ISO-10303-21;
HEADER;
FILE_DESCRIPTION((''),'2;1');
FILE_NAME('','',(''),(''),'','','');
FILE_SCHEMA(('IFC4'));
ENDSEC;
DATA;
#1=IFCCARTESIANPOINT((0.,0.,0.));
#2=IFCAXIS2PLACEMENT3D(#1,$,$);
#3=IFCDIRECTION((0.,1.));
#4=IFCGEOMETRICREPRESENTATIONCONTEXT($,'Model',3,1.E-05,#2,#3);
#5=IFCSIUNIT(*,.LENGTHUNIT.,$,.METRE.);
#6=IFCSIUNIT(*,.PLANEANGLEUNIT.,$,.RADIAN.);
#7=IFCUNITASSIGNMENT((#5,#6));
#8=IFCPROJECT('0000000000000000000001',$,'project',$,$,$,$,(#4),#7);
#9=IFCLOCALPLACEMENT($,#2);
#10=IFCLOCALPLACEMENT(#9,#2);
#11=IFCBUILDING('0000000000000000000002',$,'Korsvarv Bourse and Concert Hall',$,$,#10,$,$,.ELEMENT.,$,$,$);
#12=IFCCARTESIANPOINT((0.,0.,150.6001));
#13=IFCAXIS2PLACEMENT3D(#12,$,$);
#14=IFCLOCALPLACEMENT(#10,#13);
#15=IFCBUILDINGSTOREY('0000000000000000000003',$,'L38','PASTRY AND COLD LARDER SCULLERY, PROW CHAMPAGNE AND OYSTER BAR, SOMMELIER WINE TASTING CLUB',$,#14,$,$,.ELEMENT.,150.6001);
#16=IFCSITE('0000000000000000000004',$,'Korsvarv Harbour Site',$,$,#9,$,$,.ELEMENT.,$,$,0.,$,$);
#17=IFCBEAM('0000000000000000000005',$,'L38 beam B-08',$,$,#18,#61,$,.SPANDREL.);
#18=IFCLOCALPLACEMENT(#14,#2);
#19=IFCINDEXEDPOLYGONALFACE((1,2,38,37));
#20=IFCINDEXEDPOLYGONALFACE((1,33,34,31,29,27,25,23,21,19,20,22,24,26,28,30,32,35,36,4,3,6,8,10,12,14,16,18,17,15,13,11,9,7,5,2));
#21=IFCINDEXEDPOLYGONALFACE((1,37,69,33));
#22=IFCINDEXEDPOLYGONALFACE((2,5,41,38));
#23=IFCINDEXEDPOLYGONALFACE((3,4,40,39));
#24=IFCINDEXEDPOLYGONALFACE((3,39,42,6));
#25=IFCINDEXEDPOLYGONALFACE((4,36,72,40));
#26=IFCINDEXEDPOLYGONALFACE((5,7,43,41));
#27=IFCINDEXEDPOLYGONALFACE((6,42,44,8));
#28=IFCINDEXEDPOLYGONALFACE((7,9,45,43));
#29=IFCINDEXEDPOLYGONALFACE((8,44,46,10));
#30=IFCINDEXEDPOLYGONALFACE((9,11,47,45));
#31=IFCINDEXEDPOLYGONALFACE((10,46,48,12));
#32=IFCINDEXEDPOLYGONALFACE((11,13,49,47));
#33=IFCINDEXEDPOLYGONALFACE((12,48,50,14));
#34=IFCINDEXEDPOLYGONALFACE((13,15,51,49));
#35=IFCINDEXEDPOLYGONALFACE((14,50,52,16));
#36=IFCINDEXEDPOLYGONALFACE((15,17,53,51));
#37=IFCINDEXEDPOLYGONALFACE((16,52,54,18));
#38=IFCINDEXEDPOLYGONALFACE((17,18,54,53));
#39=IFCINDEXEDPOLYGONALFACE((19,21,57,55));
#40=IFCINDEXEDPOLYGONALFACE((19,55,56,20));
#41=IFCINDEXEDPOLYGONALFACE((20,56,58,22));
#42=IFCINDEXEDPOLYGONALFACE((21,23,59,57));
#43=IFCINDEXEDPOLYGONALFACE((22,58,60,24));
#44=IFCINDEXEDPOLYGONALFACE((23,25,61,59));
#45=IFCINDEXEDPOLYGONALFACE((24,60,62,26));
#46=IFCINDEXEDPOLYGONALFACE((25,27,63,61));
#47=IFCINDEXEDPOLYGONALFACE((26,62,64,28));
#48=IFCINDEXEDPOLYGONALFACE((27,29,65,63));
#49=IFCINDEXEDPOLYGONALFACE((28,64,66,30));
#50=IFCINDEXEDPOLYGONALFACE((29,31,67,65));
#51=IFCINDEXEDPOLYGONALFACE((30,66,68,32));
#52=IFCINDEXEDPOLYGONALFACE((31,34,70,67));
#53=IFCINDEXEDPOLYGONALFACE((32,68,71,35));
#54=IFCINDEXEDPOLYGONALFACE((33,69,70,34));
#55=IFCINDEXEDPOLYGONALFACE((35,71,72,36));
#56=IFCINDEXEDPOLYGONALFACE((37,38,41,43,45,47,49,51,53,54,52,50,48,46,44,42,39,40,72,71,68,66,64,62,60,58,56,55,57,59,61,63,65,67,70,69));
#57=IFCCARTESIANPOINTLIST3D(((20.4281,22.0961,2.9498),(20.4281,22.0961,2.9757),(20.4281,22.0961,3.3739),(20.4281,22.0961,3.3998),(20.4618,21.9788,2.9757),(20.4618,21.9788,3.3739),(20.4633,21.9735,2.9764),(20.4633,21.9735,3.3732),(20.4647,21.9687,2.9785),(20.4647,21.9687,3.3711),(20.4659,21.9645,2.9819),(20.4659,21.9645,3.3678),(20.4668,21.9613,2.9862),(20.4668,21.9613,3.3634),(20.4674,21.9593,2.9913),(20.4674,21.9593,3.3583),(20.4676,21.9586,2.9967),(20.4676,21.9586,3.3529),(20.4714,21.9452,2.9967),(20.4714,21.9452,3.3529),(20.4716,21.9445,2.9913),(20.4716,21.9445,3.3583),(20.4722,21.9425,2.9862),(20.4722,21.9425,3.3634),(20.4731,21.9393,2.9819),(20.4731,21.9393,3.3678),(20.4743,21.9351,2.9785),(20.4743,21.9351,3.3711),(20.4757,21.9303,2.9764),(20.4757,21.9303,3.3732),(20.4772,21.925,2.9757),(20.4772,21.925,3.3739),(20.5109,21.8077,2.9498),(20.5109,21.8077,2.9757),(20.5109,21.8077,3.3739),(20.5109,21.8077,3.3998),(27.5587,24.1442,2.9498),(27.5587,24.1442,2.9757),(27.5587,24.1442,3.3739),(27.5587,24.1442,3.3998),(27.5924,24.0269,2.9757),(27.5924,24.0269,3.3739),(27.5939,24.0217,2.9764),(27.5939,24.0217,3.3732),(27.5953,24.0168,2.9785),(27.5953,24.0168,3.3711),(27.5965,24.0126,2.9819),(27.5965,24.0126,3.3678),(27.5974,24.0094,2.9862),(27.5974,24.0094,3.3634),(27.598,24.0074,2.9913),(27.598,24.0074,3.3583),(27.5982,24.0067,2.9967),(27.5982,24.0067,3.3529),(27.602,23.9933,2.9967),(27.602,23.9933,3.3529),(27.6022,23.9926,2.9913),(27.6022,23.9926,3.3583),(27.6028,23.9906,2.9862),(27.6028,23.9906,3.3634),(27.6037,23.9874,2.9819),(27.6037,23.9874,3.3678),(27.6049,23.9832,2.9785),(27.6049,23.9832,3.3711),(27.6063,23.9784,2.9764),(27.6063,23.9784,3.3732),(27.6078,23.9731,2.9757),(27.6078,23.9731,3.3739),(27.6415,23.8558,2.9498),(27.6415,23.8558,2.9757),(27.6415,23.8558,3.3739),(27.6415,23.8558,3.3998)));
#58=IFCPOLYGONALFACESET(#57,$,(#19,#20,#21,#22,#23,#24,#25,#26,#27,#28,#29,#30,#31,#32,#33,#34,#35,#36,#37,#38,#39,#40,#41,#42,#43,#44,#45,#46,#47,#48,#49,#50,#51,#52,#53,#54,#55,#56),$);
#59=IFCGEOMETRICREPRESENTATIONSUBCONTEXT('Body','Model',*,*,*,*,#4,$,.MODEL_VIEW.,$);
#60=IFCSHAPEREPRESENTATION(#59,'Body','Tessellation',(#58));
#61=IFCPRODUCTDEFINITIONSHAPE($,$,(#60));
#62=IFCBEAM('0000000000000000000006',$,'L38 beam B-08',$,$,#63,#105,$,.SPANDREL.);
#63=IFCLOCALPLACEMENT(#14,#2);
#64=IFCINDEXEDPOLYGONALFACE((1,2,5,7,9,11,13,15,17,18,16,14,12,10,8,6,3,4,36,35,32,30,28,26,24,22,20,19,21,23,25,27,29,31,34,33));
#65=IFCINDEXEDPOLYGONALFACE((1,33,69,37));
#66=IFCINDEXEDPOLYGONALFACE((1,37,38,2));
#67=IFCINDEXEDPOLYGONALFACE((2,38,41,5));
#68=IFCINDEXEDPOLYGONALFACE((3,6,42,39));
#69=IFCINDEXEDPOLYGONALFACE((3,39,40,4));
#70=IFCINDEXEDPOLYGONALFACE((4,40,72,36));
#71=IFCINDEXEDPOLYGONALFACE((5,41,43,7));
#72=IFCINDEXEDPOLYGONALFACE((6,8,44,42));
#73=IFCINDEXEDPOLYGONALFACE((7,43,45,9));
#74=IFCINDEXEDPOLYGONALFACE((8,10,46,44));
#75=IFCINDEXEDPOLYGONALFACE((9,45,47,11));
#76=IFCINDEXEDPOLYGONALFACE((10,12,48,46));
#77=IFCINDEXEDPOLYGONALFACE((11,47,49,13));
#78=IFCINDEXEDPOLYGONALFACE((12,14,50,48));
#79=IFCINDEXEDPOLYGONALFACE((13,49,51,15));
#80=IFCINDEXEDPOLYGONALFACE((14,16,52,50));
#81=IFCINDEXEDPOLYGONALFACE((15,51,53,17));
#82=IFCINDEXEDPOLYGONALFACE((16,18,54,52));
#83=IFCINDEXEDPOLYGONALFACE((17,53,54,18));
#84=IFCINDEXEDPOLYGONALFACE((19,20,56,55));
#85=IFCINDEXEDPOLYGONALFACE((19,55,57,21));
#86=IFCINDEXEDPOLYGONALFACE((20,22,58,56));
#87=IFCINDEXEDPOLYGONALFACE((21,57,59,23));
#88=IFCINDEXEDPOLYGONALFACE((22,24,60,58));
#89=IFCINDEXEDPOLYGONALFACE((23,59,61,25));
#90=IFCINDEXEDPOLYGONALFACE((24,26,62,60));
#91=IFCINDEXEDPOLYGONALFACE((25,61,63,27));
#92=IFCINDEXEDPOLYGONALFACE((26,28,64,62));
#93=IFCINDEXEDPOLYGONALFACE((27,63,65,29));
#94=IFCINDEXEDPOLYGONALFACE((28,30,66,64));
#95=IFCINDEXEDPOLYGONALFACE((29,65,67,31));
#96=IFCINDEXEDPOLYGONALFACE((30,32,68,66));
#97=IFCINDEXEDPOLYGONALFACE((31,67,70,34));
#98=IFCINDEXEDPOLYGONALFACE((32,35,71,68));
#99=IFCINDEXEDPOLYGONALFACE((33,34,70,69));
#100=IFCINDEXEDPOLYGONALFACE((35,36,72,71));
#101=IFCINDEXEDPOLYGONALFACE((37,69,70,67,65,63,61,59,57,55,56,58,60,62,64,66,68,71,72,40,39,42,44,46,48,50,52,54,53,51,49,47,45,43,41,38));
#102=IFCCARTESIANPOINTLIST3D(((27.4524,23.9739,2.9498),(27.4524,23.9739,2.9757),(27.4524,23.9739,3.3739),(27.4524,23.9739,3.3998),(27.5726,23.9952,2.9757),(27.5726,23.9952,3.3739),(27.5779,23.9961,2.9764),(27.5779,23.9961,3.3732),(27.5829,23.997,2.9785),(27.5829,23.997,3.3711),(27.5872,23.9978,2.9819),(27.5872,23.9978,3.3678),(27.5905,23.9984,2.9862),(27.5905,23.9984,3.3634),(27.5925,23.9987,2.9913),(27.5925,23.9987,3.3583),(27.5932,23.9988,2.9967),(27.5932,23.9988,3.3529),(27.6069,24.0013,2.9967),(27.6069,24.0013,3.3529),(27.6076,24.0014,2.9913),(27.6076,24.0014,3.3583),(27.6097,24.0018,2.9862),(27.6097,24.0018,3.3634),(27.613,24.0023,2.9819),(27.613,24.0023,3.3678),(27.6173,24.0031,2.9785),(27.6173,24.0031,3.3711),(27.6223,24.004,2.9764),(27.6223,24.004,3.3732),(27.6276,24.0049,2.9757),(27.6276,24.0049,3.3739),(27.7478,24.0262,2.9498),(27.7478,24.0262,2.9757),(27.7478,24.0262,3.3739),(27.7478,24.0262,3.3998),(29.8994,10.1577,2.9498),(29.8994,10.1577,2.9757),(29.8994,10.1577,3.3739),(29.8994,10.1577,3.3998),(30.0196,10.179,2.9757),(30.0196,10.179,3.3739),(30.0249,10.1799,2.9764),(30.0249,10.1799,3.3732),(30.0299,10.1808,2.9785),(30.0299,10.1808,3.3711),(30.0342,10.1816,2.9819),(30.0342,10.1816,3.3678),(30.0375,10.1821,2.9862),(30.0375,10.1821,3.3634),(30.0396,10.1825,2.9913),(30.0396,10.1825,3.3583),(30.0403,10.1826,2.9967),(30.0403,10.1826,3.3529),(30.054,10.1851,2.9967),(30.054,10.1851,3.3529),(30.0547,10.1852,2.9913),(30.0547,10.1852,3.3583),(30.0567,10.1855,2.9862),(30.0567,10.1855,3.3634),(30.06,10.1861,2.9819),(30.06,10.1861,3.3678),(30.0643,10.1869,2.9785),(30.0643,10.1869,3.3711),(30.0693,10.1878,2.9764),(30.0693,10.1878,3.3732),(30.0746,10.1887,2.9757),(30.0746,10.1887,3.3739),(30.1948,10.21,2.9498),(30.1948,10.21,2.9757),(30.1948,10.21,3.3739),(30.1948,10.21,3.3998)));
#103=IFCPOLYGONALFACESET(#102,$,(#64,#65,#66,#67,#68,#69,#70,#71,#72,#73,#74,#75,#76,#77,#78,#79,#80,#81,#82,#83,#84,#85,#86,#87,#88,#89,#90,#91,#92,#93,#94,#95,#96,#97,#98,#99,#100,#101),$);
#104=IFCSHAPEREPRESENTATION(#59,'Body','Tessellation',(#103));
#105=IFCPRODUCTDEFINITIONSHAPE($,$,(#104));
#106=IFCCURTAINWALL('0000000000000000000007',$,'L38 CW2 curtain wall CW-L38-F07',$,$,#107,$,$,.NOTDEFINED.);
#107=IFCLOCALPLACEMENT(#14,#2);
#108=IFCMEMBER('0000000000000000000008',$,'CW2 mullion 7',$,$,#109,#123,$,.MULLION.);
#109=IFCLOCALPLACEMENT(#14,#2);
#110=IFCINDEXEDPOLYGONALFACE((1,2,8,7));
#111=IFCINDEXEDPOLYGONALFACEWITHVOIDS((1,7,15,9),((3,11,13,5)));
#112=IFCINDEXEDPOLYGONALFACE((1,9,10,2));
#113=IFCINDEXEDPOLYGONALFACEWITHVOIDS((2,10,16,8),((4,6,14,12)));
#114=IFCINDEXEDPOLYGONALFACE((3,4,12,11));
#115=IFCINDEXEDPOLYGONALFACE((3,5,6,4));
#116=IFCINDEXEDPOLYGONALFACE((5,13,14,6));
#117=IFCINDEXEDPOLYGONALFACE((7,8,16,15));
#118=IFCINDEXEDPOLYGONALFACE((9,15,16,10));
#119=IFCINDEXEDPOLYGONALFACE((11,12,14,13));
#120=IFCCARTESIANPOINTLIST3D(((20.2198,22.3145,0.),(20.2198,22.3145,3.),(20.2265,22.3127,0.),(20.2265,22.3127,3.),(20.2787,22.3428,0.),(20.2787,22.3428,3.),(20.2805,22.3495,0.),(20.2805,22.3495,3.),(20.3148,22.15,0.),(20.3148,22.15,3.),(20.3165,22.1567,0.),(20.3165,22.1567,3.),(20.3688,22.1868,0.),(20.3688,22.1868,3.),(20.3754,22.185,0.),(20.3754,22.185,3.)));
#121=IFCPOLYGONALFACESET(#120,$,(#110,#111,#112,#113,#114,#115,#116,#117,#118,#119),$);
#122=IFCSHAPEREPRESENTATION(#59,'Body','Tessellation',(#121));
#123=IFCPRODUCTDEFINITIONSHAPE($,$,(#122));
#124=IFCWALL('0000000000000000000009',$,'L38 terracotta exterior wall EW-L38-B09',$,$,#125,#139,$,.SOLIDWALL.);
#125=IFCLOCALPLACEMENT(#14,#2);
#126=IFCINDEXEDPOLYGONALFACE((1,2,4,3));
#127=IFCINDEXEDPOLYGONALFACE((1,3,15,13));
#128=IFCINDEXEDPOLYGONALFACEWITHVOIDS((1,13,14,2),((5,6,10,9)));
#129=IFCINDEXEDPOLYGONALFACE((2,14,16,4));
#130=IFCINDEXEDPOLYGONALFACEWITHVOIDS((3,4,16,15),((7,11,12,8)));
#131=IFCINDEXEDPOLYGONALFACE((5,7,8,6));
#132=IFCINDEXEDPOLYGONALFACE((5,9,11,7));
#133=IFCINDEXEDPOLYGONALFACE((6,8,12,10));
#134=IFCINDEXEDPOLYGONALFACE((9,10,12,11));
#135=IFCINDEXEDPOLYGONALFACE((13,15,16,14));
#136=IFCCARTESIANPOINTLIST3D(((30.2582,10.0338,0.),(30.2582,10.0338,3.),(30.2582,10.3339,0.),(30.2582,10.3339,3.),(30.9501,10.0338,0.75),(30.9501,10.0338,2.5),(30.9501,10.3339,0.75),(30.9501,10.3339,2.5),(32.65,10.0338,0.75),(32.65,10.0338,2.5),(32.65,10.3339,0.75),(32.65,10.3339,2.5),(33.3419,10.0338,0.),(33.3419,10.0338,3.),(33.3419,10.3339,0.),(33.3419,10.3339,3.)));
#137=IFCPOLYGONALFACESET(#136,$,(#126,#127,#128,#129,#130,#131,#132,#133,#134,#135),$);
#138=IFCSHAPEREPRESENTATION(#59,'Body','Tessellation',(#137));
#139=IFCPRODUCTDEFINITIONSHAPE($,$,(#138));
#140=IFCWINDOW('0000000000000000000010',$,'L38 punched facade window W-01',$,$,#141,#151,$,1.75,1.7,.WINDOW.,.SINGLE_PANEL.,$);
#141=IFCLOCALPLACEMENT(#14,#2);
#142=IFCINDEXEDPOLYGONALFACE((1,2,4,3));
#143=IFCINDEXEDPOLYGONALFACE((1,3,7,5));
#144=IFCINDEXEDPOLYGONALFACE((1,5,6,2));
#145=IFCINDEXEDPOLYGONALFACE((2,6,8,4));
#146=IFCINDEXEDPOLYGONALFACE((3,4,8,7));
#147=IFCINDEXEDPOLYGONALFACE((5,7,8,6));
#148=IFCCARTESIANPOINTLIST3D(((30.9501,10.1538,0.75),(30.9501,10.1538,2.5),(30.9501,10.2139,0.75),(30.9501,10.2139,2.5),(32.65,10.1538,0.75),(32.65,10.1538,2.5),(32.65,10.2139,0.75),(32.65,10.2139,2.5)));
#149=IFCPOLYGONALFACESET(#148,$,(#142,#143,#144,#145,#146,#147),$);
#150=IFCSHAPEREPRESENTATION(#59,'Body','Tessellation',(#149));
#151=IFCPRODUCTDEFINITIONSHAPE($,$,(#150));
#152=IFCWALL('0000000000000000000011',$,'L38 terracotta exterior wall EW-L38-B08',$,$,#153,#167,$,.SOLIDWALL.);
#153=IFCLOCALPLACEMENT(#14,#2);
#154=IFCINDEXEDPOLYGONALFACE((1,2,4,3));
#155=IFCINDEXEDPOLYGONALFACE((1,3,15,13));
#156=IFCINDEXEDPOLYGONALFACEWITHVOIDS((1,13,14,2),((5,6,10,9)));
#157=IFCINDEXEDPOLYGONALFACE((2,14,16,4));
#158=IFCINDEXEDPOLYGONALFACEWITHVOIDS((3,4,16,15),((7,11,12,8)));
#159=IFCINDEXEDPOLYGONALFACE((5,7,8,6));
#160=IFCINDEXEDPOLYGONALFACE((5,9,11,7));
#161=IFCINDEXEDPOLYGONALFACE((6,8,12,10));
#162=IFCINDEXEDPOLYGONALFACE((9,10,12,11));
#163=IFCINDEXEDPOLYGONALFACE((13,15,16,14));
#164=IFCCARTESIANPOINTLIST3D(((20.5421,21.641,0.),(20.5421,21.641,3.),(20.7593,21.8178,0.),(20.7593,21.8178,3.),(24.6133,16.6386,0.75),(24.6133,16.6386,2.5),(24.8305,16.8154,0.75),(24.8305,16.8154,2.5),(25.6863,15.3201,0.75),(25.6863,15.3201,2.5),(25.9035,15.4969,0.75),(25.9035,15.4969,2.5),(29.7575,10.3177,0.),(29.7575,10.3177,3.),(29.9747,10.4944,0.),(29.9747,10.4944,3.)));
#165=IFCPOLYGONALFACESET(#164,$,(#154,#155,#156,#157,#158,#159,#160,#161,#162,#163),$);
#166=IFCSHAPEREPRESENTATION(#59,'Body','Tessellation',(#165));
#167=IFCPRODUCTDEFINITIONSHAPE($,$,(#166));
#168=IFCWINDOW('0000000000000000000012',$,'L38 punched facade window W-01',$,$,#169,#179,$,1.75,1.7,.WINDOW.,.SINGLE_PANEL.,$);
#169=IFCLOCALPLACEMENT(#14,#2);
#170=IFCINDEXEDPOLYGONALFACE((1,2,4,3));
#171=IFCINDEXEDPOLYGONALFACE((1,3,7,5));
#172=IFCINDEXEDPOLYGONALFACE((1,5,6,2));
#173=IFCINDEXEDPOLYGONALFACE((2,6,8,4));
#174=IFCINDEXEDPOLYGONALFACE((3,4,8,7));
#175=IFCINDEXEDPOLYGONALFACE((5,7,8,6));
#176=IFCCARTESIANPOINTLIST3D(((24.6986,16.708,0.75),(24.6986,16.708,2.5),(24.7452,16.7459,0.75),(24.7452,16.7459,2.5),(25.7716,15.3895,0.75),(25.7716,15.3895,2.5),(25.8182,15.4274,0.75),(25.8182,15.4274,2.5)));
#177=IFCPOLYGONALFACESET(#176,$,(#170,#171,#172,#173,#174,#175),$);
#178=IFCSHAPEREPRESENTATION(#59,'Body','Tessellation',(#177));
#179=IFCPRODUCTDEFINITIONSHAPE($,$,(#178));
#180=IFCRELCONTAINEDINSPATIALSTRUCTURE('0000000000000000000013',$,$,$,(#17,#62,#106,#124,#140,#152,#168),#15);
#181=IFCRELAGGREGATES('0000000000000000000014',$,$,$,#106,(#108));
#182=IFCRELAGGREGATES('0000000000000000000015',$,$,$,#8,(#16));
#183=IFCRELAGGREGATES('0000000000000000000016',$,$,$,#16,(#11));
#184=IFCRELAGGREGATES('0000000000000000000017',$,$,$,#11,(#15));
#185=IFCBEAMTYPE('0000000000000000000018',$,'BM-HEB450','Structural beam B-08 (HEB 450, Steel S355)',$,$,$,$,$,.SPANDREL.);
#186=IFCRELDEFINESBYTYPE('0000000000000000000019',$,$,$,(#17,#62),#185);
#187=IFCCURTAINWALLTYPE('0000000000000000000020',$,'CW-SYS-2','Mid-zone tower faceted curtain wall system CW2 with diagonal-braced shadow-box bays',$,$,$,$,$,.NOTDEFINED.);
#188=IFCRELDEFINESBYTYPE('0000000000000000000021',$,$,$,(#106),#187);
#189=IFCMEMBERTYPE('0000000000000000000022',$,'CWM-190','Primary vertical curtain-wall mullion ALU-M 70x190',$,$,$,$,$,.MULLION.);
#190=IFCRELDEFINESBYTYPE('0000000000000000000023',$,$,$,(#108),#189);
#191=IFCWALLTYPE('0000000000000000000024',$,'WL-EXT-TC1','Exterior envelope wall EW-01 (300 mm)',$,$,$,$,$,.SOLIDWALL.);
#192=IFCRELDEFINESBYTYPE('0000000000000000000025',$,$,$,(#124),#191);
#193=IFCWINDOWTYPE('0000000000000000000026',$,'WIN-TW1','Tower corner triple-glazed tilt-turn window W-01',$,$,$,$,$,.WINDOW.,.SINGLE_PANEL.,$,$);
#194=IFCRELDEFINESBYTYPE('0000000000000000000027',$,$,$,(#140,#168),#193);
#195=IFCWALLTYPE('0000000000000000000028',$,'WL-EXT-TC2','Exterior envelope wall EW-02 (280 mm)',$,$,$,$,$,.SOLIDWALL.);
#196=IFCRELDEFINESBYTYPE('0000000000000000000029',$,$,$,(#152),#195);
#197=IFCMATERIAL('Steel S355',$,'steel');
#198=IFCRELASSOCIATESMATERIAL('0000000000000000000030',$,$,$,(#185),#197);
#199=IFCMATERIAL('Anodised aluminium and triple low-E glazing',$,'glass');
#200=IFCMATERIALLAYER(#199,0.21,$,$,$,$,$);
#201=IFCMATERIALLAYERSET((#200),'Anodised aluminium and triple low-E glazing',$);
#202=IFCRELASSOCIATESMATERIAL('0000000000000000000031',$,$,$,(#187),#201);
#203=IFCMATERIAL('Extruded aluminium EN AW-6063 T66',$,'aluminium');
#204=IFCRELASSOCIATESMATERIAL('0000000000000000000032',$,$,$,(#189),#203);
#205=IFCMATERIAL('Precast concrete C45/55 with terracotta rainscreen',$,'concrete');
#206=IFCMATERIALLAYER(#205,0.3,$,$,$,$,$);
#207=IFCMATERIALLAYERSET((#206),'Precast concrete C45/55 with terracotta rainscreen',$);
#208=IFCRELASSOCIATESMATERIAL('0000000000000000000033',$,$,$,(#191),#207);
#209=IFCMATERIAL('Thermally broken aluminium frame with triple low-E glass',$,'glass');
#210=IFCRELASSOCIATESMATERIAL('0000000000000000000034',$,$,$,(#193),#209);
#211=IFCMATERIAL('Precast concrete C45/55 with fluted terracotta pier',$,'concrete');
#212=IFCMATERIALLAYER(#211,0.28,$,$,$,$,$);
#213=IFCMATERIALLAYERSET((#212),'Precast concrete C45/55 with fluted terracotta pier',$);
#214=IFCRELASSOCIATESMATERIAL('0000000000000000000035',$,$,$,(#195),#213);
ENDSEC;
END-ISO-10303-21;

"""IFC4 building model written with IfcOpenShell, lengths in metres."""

from ifc_helpers import new_model, si_unit, direction, frame, frame_2d, origin, origin_2d, place, context, subcontext, project, spatial, rectangle, hollow_rectangle, i_section, extrude, source, transform, mapped, material, layer, layer_set, material_profile, profile_set, type_object, element, fill, aggregate, save


model = new_model("IFC4")

# Units and contexts
model_context = context("Model", 3, precision=1e-05, world=origin(), true_north=direction((0.0, 1.0)))
body_context = subcontext(model_context, "Body", "Model", "MODEL_VIEW")
ifc_project = project(units=[si_unit("LENGTHUNIT", "METRE"), si_unit("PLANEANGLEUNIT", "RADIAN")], contexts=[model_context])

# Site, building, storey
site_placement = place(None, origin())
site = spatial("IfcSite", under=ifc_project, at=site_placement, Name="Korsvarv Harbour Site", CompositionType="ELEMENT", RefElevation=0.0)
building_placement = place(site_placement, origin())
building = spatial("IfcBuilding", under=site, at=building_placement, Name="Korsvarv Bourse and Concert Hall", CompositionType="ELEMENT")
storey_placement = place(building_placement, frame((0.0, 0.0, 150.6001)))
storey = spatial("IfcBuildingStorey", under=building, at=storey_placement, Name="L38", Description="PASTRY AND COLD LARDER SCULLERY, PROW CHAMPAGNE AND OYSTER BAR, SOMMELIER WINE TASTING CLUB", CompositionType="ELEMENT", Elevation=150.6001)

# Shared definitions
ifc_material_1 = material(Name="Steel S355", Category="steel")

# Beams
ifc_material_profile_1 = material_profile(ifc_material_1, i_section(OverallWidth=0.3, OverallDepth=0.45, WebThickness=0.0139, FlangeThickness=0.0259, FilletRadius=0.021, at=origin_2d()), Name="HEB 450")
ifc_profile_set_1 = profile_set([ifc_material_profile_1], Name="Steel S355")
beam_type_1 = type_object("IfcBeamType", Name="BM-HEB450", Description="Structural beam B-08 (HEB 450, Steel S355)", PredefinedType="SPANDREL", material=ifc_profile_set_1)
shared_shape_1 = source(origin(), body_context, "Body", "SweptSolid", [
    extrude(i_section(OverallWidth=0.3, OverallDepth=0.45, WebThickness=0.0139, FlangeThickness=0.0259, FilletRadius=0.021, at=origin_2d()), origin(), (0.0, 0.0, 1.0), 7.4189),
])
beam_1_placement = place(storey_placement, frame((20.4695, 21.9519, 3.1748), z_axis=(0.961139, 0.276064, 0.0), x_axis=(-0.276064, 0.961139, 0.0)))
element("IfcBeam", 1, at=beam_1_placement, inside=storey, type_object=beam_type_1, Name="L38 beam B-08", PredefinedType="SPANDREL", context=body_context, shape_type="MappedRepresentation", body=[
    mapped(shared_shape_1, transform((0.0, 0.0, 0.0), scale=1.0)),
])
shared_shape_2 = source(origin(), body_context, "Body", "SweptSolid", [
    extrude(i_section(OverallWidth=0.3, OverallDepth=0.45, WebThickness=0.0139, FlangeThickness=0.0259, FilletRadius=0.021, at=origin_2d()), origin(), (0.0, 0.0, 1.0), 14.0312),
])
beam_2_placement = place(storey_placement, frame((30.0471, 10.1838, 3.1748), z_axis=(-0.174399, 0.984675, 0.0), x_axis=(-0.984675, -0.174399, 0.0)))
element("IfcBeam", 2, at=beam_2_placement, inside=storey, type_object=beam_type_1, Name="L38 beam B-08", PredefinedType="SPANDREL", context=body_context, shape_type="MappedRepresentation", body=[
    mapped(shared_shape_2, transform((0.0, 0.0, 0.0), scale=1.0)),
])

# Curtain wall, member
ifc_material_2 = material(Name="Anodised aluminium and triple low-E glazing", Category="glass")
ifc_layer_1 = layer(ifc_material_2, 0.21)
ifc_layer_set_1 = layer_set([ifc_layer_1], Name="Anodised aluminium and triple low-E glazing")
curtain_wall_type = type_object("IfcCurtainWallType", Name="CW-SYS-2", Description="Mid-zone tower faceted curtain wall system CW2 with diagonal-braced shadow-box bays", PredefinedType="NOTDEFINED", material=ifc_layer_set_1)
curtain_wall_placement = place(storey_placement, origin())
curtain_wall = element("IfcCurtainWall", 3, at=curtain_wall_placement, inside=storey, type_object=curtain_wall_type, Name="L38 CW2 curtain wall CW-L38-F07", PredefinedType="NOTDEFINED")
ifc_material_3 = material(Name="Extruded aluminium EN AW-6063 T66", Category="aluminium")
ifc_material_profile_2 = material_profile(ifc_material_3, hollow_rectangle(XDim=0.0701, YDim=0.1899, WallThickness=0.0049, at=origin_2d()), Name="ALU-M 70x190")
ifc_profile_set_2 = profile_set([ifc_material_profile_2], Name="Extruded aluminium EN AW-6063 T66")
member_type = type_object("IfcMemberType", Name="CWM-190", Description="Primary vertical curtain-wall mullion ALU-M 70x190", PredefinedType="MULLION", material=ifc_profile_set_2)
shared_shape_3 = source(origin(), body_context, "Body", "SweptSolid", [
    extrude(hollow_rectangle(XDim=0.0701, YDim=0.1899, WallThickness=0.0049, at=origin_2d()), origin(), (0.0, 0.0, 1.0), 3.0),
])
member_placement = place(storey_placement, frame((20.2976, 22.2498, 0.0), z_axis=(0.0, 0.0, 1.0), x_axis=(0.866022, 0.500006, 0.0)))
member = element("IfcMember", 4, at=member_placement, type_object=member_type, Name="CW2 mullion 7", PredefinedType="MULLION", context=body_context, shape_type="MappedRepresentation", body=[
    mapped(shared_shape_3, transform((0.0, 0.0, 0.0), scale=1.0)),
])
aggregate(curtain_wall, [member])

# Walls, openings, windows
ifc_material_4 = material(Name="Precast concrete C45/55 with terracotta rainscreen", Category="concrete")
ifc_layer_2 = layer(ifc_material_4, 0.3)
ifc_layer_set_2 = layer_set([ifc_layer_2], Name="Precast concrete C45/55 with terracotta rainscreen")
wall_type_1 = type_object("IfcWallType", Name="WL-EXT-TC1", Description="Exterior envelope wall EW-01 (300 mm)", PredefinedType="SOLIDWALL", material=ifc_layer_set_2)
wall_1_placement = place(storey_placement, frame((30.2581, 10.1838, 0.0), z_axis=(0.0, 0.0, 1.0), x_axis=(1.0, 0.0, 0.0)))
wall_1 = element("IfcWall", 5, at=wall_1_placement, inside=storey, type_object=wall_type_1, Name="L38 terracotta exterior wall EW-L38-B09", PredefinedType="SOLIDWALL", context=body_context, shape_type="SweptSolid", body=[
    extrude(rectangle(XDim=3.0837, YDim=0.3, at=frame_2d((1.542, 0.0))), origin(), (0.0, 0.0, 1.0), 3.0),
])
opening_1_placement = place(wall_1_placement, frame((0.6919, 0.0, 0.75)))
opening_1 = element("IfcOpeningElement", 6, at=opening_1_placement, cuts=wall_1, PredefinedType="OPENING", context=body_context, shape_type="SweptSolid", body=[
    extrude(rectangle(XDim=1.7, YDim=1.75, at=frame_2d((0.8501, 0.875))), frame((0.0, 0.1602, 0.0), z_axis=(0.0, -1.0, 0.0), x_axis=(1.0, 0.0, 0.0)), (0.0, 0.0, 1.0), 0.3201),
])
ifc_material_5 = material(Name="Thermally broken aluminium frame with triple low-E glass", Category="glass")
window_type = type_object("IfcWindowType", Name="WIN-TW1", Description="Tower corner triple-glazed tilt-turn window W-01", PartitioningType="SINGLE_PANEL", PredefinedType="WINDOW", material=ifc_material_5)
window_1_placement = place(opening_1_placement, origin())
window_1 = element("IfcWindow", 7, at=window_1_placement, inside=storey, type_object=window_type, Name="L38 punched facade window W-01", OverallHeight=1.75, OverallWidth=1.7, PartitioningType="SINGLE_PANEL", PredefinedType="WINDOW", context=body_context, shape_type="SweptSolid", body=[
    extrude(rectangle(XDim=1.7, YDim=1.75, at=frame_2d((0.8501, 0.875))), frame((0.0, 0.03, 0.0), z_axis=(0.0, -1.0, 0.0), x_axis=(1.0, 0.0, 0.0)), (0.0, 0.0, 1.0), 0.0601),
])
fill(opening_1, window_1)
ifc_material_6 = material(Name="Precast concrete C45/55 with fluted terracotta pier", Category="concrete")
ifc_layer_3 = layer(ifc_material_6, 0.28)
ifc_layer_set_3 = layer_set([ifc_layer_3], Name="Precast concrete C45/55 with fluted terracotta pier")
wall_type_2 = type_object("IfcWallType", Name="WL-EXT-TC2", Description="Exterior envelope wall EW-02 (280 mm)", PredefinedType="SOLIDWALL", material=ifc_layer_set_3)
wall_2_placement = place(storey_placement, frame((20.6506, 21.7295, 0.0), z_axis=(0.0, 0.0, 1.0), x_axis=(0.631219, -0.775604, 0.0)))
wall_2 = element("IfcWall", 8, at=wall_2_placement, inside=storey, type_object=wall_type_2, Name="L38 terracotta exterior wall EW-L38-B08", PredefinedType="SOLIDWALL", context=body_context, shape_type="SweptSolid", body=[
    extrude(rectangle(XDim=14.5994, YDim=0.28, at=frame_2d((7.2998, 0.0))), origin(), (0.0, 0.0, 1.0), 3.0),
])
opening_2_placement = place(wall_2_placement, frame((6.4497, 0.0, 0.75)))
opening_2 = element("IfcOpeningElement", 9, at=opening_2_placement, cuts=wall_2, PredefinedType="OPENING", context=body_context, shape_type="SweptSolid", body=[
    extrude(rectangle(XDim=1.7, YDim=1.75, at=frame_2d((0.8501, 0.875))), frame((0.0, 0.1499, 0.0), z_axis=(0.0, -1.0, 0.0), x_axis=(1.0, 0.0, 0.0)), (0.0, 0.0, 1.0), 0.3),
])
window_2_placement = place(opening_2_placement, origin())
window_2 = element("IfcWindow", 10, at=window_2_placement, inside=storey, type_object=window_type, Name="L38 punched facade window W-01", OverallHeight=1.75, OverallWidth=1.7, PartitioningType="SINGLE_PANEL", PredefinedType="WINDOW", context=body_context, shape_type="SweptSolid", body=[
    extrude(rectangle(XDim=1.7, YDim=1.75, at=frame_2d((0.8501, 0.875))), frame((0.0, 0.03, 0.0), z_axis=(0.0, -1.0, 0.0), x_axis=(1.0, 0.0, 0.0)), (0.0, 0.0, 1.0), 0.0601),
])
fill(opening_2, window_2)

save(model, "model.ifc")
